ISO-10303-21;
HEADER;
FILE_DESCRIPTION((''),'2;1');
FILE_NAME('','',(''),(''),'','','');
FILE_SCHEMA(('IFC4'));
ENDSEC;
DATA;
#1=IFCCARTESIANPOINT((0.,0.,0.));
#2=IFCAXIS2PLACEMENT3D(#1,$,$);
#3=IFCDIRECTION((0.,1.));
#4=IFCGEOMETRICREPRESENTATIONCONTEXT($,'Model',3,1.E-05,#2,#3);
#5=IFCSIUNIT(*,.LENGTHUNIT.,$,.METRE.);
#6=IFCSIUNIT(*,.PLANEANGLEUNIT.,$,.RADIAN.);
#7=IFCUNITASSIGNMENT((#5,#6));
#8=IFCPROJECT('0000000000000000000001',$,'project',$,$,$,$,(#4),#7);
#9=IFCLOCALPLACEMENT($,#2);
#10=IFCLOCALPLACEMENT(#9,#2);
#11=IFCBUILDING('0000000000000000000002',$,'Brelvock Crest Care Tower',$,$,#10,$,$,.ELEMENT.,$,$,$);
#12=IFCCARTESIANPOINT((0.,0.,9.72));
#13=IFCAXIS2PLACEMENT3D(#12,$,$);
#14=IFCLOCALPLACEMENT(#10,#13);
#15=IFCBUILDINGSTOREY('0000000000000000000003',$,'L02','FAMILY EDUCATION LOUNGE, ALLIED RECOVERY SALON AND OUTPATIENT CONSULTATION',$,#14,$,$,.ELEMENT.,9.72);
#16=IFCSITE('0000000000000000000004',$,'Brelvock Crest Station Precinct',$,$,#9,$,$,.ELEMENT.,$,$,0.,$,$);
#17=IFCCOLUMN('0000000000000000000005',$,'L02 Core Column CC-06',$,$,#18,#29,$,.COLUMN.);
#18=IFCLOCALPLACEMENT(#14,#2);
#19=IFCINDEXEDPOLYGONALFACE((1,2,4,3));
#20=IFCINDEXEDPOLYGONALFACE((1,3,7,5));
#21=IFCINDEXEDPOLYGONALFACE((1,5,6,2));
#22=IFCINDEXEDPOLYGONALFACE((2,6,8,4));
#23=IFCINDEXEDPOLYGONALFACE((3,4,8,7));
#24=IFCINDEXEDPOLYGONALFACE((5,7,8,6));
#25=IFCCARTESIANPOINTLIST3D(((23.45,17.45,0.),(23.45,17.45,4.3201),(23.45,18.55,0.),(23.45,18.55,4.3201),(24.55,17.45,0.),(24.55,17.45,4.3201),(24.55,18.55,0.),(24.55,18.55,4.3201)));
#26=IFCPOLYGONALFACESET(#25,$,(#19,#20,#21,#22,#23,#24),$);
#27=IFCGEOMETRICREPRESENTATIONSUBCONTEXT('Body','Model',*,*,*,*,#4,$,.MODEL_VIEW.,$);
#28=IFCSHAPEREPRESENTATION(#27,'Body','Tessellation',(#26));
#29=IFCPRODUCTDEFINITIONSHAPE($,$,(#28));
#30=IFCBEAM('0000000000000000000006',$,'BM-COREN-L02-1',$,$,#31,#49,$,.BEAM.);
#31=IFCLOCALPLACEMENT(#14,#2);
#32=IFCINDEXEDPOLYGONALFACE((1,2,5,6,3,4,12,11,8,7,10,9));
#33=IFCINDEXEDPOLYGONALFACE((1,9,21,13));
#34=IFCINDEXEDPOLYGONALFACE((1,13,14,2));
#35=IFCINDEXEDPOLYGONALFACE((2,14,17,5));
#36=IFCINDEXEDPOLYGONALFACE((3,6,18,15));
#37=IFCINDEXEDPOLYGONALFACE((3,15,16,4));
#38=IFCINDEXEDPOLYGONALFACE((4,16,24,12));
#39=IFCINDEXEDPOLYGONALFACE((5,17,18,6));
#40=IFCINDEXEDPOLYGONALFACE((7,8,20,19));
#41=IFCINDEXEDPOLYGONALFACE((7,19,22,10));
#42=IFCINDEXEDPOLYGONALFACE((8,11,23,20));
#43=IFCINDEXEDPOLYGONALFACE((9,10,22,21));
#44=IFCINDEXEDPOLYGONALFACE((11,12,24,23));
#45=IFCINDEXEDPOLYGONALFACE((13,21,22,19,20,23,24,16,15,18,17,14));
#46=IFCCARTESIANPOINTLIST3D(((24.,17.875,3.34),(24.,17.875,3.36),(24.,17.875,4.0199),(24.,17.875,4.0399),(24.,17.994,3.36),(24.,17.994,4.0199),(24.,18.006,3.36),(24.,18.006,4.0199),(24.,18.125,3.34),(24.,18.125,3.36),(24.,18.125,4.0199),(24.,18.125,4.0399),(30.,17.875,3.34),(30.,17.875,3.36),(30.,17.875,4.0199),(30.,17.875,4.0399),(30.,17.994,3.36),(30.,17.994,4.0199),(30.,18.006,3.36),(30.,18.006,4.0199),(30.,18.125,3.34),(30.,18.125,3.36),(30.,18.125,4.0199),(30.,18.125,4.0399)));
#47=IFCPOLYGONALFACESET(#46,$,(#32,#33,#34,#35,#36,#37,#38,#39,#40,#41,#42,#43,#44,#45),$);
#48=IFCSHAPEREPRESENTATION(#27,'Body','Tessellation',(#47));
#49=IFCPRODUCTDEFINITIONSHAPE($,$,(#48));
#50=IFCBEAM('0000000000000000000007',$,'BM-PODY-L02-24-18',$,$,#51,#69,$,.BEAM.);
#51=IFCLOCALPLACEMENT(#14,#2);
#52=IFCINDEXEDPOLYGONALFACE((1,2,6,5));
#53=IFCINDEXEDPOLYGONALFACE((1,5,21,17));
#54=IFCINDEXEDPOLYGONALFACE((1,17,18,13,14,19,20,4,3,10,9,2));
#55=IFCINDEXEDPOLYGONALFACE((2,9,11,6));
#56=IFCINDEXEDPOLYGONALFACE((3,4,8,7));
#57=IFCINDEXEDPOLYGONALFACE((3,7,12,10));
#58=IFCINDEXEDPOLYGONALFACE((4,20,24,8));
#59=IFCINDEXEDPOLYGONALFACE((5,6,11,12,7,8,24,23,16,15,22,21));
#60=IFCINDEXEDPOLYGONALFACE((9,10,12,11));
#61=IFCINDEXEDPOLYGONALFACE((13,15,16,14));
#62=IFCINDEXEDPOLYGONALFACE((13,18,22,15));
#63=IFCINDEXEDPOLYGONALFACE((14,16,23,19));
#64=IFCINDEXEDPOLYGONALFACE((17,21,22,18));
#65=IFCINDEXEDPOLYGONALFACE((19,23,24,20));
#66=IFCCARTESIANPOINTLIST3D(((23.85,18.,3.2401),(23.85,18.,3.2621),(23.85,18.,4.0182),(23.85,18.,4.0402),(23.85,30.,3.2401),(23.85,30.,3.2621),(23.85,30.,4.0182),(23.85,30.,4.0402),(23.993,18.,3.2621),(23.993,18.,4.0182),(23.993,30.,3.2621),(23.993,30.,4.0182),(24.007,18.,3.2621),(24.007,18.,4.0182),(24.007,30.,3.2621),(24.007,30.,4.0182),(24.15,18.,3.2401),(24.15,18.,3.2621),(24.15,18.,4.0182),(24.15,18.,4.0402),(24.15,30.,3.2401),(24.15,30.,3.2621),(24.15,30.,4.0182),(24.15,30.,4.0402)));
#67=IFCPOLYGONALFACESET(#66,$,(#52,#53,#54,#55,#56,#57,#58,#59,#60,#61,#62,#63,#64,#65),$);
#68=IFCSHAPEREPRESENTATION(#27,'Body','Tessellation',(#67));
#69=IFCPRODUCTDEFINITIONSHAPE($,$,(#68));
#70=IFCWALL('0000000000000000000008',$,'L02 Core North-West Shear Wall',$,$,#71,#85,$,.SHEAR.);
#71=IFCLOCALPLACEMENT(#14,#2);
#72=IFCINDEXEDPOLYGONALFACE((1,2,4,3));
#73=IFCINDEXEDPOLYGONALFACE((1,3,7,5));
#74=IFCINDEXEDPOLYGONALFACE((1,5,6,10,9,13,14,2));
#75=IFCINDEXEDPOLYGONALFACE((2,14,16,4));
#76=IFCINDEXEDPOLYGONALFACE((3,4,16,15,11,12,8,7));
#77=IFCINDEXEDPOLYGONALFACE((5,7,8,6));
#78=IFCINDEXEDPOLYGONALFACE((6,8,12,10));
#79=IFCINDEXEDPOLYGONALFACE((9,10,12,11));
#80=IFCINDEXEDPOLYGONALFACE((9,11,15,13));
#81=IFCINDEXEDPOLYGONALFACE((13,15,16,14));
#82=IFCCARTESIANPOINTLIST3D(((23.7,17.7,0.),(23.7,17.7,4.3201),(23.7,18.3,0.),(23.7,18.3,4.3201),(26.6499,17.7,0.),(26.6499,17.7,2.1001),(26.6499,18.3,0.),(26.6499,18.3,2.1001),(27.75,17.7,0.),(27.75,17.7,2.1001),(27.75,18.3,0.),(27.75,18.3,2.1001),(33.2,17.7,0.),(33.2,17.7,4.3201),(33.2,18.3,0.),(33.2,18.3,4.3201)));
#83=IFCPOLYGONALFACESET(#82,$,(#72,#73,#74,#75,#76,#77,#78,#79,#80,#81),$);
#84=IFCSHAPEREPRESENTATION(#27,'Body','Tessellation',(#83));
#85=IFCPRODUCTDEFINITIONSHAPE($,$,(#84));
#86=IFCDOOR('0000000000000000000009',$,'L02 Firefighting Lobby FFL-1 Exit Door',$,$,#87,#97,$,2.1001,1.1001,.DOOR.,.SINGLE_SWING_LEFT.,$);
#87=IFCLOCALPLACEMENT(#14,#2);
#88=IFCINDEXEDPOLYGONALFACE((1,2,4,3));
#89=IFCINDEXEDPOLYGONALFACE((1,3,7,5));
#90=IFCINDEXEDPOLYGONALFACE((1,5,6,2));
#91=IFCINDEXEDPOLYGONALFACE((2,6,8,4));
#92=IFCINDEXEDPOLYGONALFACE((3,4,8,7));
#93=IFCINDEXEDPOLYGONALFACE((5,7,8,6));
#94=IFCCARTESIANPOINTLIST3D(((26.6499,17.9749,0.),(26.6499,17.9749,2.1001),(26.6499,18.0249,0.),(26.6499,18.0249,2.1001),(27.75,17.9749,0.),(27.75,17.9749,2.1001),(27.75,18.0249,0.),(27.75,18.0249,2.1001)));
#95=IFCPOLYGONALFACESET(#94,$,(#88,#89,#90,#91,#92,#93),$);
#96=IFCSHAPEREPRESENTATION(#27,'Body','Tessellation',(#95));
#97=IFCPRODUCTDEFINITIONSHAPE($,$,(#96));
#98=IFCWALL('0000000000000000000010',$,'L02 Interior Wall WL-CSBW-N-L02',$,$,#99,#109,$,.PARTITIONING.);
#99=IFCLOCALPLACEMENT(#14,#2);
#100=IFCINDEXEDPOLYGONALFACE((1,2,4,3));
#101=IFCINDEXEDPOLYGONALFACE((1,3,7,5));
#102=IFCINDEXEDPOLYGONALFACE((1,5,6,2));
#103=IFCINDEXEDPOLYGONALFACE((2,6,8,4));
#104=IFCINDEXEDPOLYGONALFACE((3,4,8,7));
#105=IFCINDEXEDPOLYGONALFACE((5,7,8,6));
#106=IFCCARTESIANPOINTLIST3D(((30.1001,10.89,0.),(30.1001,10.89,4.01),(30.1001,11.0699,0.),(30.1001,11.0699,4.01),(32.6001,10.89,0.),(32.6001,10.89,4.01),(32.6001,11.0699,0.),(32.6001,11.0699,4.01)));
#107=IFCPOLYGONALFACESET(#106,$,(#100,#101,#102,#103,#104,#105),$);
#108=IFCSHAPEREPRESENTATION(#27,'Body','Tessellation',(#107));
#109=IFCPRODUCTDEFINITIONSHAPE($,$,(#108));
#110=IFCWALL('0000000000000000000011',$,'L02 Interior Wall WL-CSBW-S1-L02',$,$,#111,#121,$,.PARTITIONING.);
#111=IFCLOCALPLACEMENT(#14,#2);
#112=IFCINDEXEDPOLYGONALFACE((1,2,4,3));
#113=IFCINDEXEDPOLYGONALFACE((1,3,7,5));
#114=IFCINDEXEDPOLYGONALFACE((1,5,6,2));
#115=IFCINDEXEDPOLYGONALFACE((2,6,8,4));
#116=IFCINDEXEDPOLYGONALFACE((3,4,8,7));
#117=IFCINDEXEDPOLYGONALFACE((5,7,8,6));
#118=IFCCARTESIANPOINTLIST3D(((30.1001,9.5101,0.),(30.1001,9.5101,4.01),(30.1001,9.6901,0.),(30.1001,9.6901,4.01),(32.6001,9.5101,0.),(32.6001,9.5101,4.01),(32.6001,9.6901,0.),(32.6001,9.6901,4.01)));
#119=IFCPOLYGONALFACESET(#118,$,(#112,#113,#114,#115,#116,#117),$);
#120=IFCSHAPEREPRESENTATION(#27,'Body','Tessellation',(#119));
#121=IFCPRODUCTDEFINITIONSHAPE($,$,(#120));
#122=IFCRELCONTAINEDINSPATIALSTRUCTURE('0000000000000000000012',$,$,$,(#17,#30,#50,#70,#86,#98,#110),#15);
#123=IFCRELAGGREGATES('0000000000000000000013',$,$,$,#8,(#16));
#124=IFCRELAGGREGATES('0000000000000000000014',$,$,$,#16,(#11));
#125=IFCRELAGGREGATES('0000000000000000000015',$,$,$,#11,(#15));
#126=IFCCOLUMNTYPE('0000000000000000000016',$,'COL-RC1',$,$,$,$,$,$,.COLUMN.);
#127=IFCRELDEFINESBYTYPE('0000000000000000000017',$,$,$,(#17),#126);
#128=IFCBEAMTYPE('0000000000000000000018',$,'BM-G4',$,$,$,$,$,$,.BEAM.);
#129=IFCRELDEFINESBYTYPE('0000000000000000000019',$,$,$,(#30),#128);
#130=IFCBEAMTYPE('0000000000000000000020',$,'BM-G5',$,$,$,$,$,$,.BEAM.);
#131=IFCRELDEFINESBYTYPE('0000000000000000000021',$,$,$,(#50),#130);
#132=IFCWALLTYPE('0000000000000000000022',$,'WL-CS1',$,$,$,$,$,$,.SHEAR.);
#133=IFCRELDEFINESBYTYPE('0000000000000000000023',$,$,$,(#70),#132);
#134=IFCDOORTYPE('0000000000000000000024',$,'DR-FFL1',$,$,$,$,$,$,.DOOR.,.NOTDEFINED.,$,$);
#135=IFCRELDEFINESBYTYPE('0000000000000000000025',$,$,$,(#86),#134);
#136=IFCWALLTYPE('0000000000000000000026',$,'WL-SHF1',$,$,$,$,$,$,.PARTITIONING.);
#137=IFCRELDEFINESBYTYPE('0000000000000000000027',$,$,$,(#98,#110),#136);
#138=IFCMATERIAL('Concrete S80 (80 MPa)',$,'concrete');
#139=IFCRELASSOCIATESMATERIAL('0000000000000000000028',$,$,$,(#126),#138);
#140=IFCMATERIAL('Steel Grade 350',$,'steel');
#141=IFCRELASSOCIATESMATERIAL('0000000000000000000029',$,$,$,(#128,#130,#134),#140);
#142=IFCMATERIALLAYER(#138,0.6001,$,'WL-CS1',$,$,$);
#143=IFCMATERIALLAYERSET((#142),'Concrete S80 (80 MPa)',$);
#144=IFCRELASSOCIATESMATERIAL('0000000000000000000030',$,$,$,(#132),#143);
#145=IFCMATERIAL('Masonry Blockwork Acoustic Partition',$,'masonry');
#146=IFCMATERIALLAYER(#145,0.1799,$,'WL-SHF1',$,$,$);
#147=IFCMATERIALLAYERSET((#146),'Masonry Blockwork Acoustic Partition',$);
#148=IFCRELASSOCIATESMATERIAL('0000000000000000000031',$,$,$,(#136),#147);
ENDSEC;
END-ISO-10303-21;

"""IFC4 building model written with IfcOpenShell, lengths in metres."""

from ifc_helpers import new_model, si_unit, direction, frame, frame_2d, origin, origin_2d, place, context, subcontext, project, spatial, rectangle, i_section, extrude, source, transform, mapped, material, layer, layer_set, material_profile, profile_set, type_object, element, fill, save


model = new_model("IFC4")

# Units and contexts
model_context = context("Model", 3, precision=1e-05, world=origin(), true_north=direction((0.0, 1.0)))
body_context = subcontext(model_context, "Body", "Model", "MODEL_VIEW")
ifc_project = project(units=[si_unit("LENGTHUNIT", "METRE"), si_unit("PLANEANGLEUNIT", "RADIAN")], contexts=[model_context])

# Site, building, storey
site_placement = place(None, origin())
site = spatial("IfcSite", under=ifc_project, at=site_placement, Name="Brelvock Crest Station Precinct", CompositionType="ELEMENT", RefElevation=0.0)
building_placement = place(site_placement, origin())
building = spatial("IfcBuilding", under=site, at=building_placement, Name="Brelvock Crest Care Tower", CompositionType="ELEMENT")
storey_placement = place(building_placement, frame((0.0, 0.0, 9.72)))
storey = spatial("IfcBuildingStorey", under=building, at=storey_placement, Name="L02", Description="FAMILY EDUCATION LOUNGE, ALLIED RECOVERY SALON AND OUTPATIENT CONSULTATION", CompositionType="ELEMENT", Elevation=9.72)

# Column
ifc_material_1 = material(Name="Concrete S80 (80 MPa)", Category="concrete")
ifc_material_profile_1 = material_profile(ifc_material_1, rectangle(XDim=1.1001, YDim=1.1001, at=origin_2d()), Name="RC1100x1100")
ifc_profile_set_1 = profile_set([ifc_material_profile_1], Name="Concrete S80 (80 MPa)")
column_type = type_object("IfcColumnType", Name="COL-RC1", PredefinedType="COLUMN", material=ifc_profile_set_1)
shared_shape_1 = source(origin(), body_context, "Body", "SweptSolid", [
    extrude(rectangle(XDim=1.1001, YDim=1.1001, at=origin_2d()), origin(), (0.0, 0.0, 1.0), 4.3201),
])
column_placement = place(storey_placement, frame((24.0, 18.0, 0.0), z_axis=(0.0, 0.0, 1.0), x_axis=(1.0, 0.0, 0.0)))
element("IfcColumn", 1, at=column_placement, inside=storey, type_object=column_type, Name="L02 Core Column CC-06", PredefinedType="COLUMN", context=body_context, shape_type="MappedRepresentation", body=[
    mapped(shared_shape_1, transform((0.0, 0.0, 0.0), x_axis=(1.0, 0.0, 0.0), y_axis=(0.0, 1.0, 0.0), z_axis=(0.0, 0.0, 1.0), scale=1.0)),
])

# Beams
ifc_material_2 = material(Name="Steel Grade 350", Category="steel")
ifc_material_profile_2 = material_profile(ifc_material_2, i_section(OverallWidth=0.25, OverallDepth=0.7, WebThickness=0.012, FlangeThickness=0.02, at=origin_2d()), Name="700WB150")
ifc_profile_set_2 = profile_set([ifc_material_profile_2], Name="Steel Grade 350")
beam_type_1 = type_object("IfcBeamType", Name="BM-G4", PredefinedType="BEAM", material=ifc_profile_set_2)
shared_shape_2 = source(origin(), body_context, "Body", "SweptSolid", [
    extrude(i_section(OverallWidth=0.25, OverallDepth=0.7, WebThickness=0.012, FlangeThickness=0.02, at=origin_2d()), origin(), (0.0, 0.0, 1.0), 6.0),
])
beam_1_placement = place(storey_placement, frame((24.0, 18.0, 3.6899), z_axis=(1.0, 0.0, 0.0), x_axis=(0.0, 1.0, 0.0)))
element("IfcBeam", 2, at=beam_1_placement, inside=storey, type_object=beam_type_1, Name="BM-COREN-L02-1", PredefinedType="BEAM", context=body_context, shape_type="MappedRepresentation", body=[
    mapped(shared_shape_2, transform((0.0, 0.0, 0.0), x_axis=(1.0, 0.0, 0.0), y_axis=(0.0, 1.0, 0.0), z_axis=(0.0, 0.0, 1.0), scale=1.0)),
])
ifc_material_profile_3 = material_profile(ifc_material_2, i_section(OverallWidth=0.3, OverallDepth=0.8, WebThickness=0.0139, FlangeThickness=0.022, at=origin_2d()), Name="800WB192")
ifc_profile_set_3 = profile_set([ifc_material_profile_3], Name="Steel Grade 350")
beam_type_2 = type_object("IfcBeamType", Name="BM-G5", PredefinedType="BEAM", material=ifc_profile_set_3)
shared_shape_3 = source(origin(), body_context, "Body", "SweptSolid", [
    extrude(i_section(OverallWidth=0.3, OverallDepth=0.8, WebThickness=0.0139, FlangeThickness=0.022, at=origin_2d()), origin(), (0.0, 0.0, 1.0), 12.0),
])
beam_2_placement = place(storey_placement, frame((24.0, 18.0, 3.6401), z_axis=(0.0, 1.0, 0.0), x_axis=(-1.0, 0.0, 0.0)))
element("IfcBeam", 3, at=beam_2_placement, inside=storey, type_object=beam_type_2, Name="BM-PODY-L02-24-18", PredefinedType="BEAM", context=body_context, shape_type="MappedRepresentation", body=[
    mapped(shared_shape_3, transform((0.0, 0.0, 0.0), x_axis=(1.0, 0.0, 0.0), y_axis=(0.0, 1.0, 0.0), z_axis=(0.0, 0.0, 1.0), scale=1.0)),
])

# Wall, opening, door
ifc_layer_1 = layer(ifc_material_1, 0.6001, Name="WL-CS1")
ifc_layer_set_1 = layer_set([ifc_layer_1], Name="Concrete S80 (80 MPa)")
wall_type_1 = type_object("IfcWallType", Name="WL-CS1", PredefinedType="SHEAR", material=ifc_layer_set_1)
wall_1_placement = place(storey_placement, frame((23.7, 18.0, 0.0), z_axis=(0.0, 0.0, 1.0), x_axis=(1.0, 0.0, 0.0)))
wall_1 = element("IfcWall", 4, at=wall_1_placement, inside=storey, type_object=wall_type_1, Name="L02 Core North-West Shear Wall", PredefinedType="SHEAR", context=body_context, shape_type="SweptSolid", body=[
    extrude(rectangle(XDim=9.5, YDim=0.6001, at=frame_2d((4.75, 0.0))), origin(), (0.0, 0.0, 1.0), 4.3201),
])
opening_1_placement = place(wall_1_placement, frame((2.95, 0.0, 0.0)))
opening_1 = element("IfcOpeningElement", 5, at=opening_1_placement, cuts=wall_1, PredefinedType="OPENING", context=body_context, shape_type="SweptSolid", body=[
    extrude(rectangle(XDim=1.1001, YDim=2.1001, at=origin_2d()), frame((0.55, 0.3101, 1.05), z_axis=(0.0, -1.0, 0.0), x_axis=(1.0, 0.0, 0.0)), (0.0, 0.0, 1.0), 0.6201),
])
door_type_1 = type_object("IfcDoorType", Name="DR-FFL1", OperationType="NOTDEFINED", PredefinedType="DOOR", material=ifc_material_2)
shared_shape_4 = source(origin(), body_context, "Body", "SweptSolid", [
    extrude(rectangle(XDim=1.1001, YDim=2.1001, at=origin_2d()), frame((0.55, 0.0249, 1.05), z_axis=(0.0, -1.0, 0.0), x_axis=(1.0, 0.0, 0.0)), (0.0, 0.0, 1.0), 0.05),
])
door_1_placement = place(opening_1_placement, origin())
door_1 = element("IfcDoor", 6, at=door_1_placement, inside=storey, type_object=door_type_1, Name="L02 Firefighting Lobby FFL-1 Exit Door", OperationType="SINGLE_SWING_LEFT", OverallHeight=2.1001, OverallWidth=1.1001, PredefinedType="DOOR", context=body_context, shape_type="MappedRepresentation", body=[
    mapped(shared_shape_4, transform((0.0, 0.0, 0.0), x_axis=(1.0, 0.0, 0.0), y_axis=(0.0, 1.0, 0.0), z_axis=(0.0, 0.0, 1.0), scale=1.0)),
])
fill(opening_1, door_1)

# Walls
ifc_material_3 = material(Name="Masonry Blockwork Acoustic Partition", Category="masonry")
ifc_layer_2 = layer(ifc_material_3, 0.1799, Name="WL-SHF1")
ifc_layer_set_2 = layer_set([ifc_layer_2], Name="Masonry Blockwork Acoustic Partition")
wall_type_2 = type_object("IfcWallType", Name="WL-SHF1", PredefinedType="PARTITIONING", material=ifc_layer_set_2)
for number, where, z_axis, x_axis, name in (
    (7, (30.1001, 10.98, 0.0), (0.0, 0.0, 1.0), (1.0, 0.0, 0.0), "L02 Interior Wall WL-CSBW-N-L02"),
    (8, (30.1001, 9.6001, 0.0), (0.0, 0.0, 1.0), (1.0, 0.0, 0.0), "L02 Interior Wall WL-CSBW-S1-L02"),
):
    element("IfcWall", number, at=place(storey_placement, frame(where, z_axis=z_axis, x_axis=x_axis)), inside=storey, type_object=wall_type_2, Name=name, PredefinedType="PARTITIONING", context=body_context, shape_type="SweptSolid", body=[
        extrude(rectangle(XDim=2.5, YDim=0.1799, at=frame_2d((1.25, 0.0))), origin(), (0.0, 0.0, 1.0), 4.01),
    ])

save(model, "model.ifc")
